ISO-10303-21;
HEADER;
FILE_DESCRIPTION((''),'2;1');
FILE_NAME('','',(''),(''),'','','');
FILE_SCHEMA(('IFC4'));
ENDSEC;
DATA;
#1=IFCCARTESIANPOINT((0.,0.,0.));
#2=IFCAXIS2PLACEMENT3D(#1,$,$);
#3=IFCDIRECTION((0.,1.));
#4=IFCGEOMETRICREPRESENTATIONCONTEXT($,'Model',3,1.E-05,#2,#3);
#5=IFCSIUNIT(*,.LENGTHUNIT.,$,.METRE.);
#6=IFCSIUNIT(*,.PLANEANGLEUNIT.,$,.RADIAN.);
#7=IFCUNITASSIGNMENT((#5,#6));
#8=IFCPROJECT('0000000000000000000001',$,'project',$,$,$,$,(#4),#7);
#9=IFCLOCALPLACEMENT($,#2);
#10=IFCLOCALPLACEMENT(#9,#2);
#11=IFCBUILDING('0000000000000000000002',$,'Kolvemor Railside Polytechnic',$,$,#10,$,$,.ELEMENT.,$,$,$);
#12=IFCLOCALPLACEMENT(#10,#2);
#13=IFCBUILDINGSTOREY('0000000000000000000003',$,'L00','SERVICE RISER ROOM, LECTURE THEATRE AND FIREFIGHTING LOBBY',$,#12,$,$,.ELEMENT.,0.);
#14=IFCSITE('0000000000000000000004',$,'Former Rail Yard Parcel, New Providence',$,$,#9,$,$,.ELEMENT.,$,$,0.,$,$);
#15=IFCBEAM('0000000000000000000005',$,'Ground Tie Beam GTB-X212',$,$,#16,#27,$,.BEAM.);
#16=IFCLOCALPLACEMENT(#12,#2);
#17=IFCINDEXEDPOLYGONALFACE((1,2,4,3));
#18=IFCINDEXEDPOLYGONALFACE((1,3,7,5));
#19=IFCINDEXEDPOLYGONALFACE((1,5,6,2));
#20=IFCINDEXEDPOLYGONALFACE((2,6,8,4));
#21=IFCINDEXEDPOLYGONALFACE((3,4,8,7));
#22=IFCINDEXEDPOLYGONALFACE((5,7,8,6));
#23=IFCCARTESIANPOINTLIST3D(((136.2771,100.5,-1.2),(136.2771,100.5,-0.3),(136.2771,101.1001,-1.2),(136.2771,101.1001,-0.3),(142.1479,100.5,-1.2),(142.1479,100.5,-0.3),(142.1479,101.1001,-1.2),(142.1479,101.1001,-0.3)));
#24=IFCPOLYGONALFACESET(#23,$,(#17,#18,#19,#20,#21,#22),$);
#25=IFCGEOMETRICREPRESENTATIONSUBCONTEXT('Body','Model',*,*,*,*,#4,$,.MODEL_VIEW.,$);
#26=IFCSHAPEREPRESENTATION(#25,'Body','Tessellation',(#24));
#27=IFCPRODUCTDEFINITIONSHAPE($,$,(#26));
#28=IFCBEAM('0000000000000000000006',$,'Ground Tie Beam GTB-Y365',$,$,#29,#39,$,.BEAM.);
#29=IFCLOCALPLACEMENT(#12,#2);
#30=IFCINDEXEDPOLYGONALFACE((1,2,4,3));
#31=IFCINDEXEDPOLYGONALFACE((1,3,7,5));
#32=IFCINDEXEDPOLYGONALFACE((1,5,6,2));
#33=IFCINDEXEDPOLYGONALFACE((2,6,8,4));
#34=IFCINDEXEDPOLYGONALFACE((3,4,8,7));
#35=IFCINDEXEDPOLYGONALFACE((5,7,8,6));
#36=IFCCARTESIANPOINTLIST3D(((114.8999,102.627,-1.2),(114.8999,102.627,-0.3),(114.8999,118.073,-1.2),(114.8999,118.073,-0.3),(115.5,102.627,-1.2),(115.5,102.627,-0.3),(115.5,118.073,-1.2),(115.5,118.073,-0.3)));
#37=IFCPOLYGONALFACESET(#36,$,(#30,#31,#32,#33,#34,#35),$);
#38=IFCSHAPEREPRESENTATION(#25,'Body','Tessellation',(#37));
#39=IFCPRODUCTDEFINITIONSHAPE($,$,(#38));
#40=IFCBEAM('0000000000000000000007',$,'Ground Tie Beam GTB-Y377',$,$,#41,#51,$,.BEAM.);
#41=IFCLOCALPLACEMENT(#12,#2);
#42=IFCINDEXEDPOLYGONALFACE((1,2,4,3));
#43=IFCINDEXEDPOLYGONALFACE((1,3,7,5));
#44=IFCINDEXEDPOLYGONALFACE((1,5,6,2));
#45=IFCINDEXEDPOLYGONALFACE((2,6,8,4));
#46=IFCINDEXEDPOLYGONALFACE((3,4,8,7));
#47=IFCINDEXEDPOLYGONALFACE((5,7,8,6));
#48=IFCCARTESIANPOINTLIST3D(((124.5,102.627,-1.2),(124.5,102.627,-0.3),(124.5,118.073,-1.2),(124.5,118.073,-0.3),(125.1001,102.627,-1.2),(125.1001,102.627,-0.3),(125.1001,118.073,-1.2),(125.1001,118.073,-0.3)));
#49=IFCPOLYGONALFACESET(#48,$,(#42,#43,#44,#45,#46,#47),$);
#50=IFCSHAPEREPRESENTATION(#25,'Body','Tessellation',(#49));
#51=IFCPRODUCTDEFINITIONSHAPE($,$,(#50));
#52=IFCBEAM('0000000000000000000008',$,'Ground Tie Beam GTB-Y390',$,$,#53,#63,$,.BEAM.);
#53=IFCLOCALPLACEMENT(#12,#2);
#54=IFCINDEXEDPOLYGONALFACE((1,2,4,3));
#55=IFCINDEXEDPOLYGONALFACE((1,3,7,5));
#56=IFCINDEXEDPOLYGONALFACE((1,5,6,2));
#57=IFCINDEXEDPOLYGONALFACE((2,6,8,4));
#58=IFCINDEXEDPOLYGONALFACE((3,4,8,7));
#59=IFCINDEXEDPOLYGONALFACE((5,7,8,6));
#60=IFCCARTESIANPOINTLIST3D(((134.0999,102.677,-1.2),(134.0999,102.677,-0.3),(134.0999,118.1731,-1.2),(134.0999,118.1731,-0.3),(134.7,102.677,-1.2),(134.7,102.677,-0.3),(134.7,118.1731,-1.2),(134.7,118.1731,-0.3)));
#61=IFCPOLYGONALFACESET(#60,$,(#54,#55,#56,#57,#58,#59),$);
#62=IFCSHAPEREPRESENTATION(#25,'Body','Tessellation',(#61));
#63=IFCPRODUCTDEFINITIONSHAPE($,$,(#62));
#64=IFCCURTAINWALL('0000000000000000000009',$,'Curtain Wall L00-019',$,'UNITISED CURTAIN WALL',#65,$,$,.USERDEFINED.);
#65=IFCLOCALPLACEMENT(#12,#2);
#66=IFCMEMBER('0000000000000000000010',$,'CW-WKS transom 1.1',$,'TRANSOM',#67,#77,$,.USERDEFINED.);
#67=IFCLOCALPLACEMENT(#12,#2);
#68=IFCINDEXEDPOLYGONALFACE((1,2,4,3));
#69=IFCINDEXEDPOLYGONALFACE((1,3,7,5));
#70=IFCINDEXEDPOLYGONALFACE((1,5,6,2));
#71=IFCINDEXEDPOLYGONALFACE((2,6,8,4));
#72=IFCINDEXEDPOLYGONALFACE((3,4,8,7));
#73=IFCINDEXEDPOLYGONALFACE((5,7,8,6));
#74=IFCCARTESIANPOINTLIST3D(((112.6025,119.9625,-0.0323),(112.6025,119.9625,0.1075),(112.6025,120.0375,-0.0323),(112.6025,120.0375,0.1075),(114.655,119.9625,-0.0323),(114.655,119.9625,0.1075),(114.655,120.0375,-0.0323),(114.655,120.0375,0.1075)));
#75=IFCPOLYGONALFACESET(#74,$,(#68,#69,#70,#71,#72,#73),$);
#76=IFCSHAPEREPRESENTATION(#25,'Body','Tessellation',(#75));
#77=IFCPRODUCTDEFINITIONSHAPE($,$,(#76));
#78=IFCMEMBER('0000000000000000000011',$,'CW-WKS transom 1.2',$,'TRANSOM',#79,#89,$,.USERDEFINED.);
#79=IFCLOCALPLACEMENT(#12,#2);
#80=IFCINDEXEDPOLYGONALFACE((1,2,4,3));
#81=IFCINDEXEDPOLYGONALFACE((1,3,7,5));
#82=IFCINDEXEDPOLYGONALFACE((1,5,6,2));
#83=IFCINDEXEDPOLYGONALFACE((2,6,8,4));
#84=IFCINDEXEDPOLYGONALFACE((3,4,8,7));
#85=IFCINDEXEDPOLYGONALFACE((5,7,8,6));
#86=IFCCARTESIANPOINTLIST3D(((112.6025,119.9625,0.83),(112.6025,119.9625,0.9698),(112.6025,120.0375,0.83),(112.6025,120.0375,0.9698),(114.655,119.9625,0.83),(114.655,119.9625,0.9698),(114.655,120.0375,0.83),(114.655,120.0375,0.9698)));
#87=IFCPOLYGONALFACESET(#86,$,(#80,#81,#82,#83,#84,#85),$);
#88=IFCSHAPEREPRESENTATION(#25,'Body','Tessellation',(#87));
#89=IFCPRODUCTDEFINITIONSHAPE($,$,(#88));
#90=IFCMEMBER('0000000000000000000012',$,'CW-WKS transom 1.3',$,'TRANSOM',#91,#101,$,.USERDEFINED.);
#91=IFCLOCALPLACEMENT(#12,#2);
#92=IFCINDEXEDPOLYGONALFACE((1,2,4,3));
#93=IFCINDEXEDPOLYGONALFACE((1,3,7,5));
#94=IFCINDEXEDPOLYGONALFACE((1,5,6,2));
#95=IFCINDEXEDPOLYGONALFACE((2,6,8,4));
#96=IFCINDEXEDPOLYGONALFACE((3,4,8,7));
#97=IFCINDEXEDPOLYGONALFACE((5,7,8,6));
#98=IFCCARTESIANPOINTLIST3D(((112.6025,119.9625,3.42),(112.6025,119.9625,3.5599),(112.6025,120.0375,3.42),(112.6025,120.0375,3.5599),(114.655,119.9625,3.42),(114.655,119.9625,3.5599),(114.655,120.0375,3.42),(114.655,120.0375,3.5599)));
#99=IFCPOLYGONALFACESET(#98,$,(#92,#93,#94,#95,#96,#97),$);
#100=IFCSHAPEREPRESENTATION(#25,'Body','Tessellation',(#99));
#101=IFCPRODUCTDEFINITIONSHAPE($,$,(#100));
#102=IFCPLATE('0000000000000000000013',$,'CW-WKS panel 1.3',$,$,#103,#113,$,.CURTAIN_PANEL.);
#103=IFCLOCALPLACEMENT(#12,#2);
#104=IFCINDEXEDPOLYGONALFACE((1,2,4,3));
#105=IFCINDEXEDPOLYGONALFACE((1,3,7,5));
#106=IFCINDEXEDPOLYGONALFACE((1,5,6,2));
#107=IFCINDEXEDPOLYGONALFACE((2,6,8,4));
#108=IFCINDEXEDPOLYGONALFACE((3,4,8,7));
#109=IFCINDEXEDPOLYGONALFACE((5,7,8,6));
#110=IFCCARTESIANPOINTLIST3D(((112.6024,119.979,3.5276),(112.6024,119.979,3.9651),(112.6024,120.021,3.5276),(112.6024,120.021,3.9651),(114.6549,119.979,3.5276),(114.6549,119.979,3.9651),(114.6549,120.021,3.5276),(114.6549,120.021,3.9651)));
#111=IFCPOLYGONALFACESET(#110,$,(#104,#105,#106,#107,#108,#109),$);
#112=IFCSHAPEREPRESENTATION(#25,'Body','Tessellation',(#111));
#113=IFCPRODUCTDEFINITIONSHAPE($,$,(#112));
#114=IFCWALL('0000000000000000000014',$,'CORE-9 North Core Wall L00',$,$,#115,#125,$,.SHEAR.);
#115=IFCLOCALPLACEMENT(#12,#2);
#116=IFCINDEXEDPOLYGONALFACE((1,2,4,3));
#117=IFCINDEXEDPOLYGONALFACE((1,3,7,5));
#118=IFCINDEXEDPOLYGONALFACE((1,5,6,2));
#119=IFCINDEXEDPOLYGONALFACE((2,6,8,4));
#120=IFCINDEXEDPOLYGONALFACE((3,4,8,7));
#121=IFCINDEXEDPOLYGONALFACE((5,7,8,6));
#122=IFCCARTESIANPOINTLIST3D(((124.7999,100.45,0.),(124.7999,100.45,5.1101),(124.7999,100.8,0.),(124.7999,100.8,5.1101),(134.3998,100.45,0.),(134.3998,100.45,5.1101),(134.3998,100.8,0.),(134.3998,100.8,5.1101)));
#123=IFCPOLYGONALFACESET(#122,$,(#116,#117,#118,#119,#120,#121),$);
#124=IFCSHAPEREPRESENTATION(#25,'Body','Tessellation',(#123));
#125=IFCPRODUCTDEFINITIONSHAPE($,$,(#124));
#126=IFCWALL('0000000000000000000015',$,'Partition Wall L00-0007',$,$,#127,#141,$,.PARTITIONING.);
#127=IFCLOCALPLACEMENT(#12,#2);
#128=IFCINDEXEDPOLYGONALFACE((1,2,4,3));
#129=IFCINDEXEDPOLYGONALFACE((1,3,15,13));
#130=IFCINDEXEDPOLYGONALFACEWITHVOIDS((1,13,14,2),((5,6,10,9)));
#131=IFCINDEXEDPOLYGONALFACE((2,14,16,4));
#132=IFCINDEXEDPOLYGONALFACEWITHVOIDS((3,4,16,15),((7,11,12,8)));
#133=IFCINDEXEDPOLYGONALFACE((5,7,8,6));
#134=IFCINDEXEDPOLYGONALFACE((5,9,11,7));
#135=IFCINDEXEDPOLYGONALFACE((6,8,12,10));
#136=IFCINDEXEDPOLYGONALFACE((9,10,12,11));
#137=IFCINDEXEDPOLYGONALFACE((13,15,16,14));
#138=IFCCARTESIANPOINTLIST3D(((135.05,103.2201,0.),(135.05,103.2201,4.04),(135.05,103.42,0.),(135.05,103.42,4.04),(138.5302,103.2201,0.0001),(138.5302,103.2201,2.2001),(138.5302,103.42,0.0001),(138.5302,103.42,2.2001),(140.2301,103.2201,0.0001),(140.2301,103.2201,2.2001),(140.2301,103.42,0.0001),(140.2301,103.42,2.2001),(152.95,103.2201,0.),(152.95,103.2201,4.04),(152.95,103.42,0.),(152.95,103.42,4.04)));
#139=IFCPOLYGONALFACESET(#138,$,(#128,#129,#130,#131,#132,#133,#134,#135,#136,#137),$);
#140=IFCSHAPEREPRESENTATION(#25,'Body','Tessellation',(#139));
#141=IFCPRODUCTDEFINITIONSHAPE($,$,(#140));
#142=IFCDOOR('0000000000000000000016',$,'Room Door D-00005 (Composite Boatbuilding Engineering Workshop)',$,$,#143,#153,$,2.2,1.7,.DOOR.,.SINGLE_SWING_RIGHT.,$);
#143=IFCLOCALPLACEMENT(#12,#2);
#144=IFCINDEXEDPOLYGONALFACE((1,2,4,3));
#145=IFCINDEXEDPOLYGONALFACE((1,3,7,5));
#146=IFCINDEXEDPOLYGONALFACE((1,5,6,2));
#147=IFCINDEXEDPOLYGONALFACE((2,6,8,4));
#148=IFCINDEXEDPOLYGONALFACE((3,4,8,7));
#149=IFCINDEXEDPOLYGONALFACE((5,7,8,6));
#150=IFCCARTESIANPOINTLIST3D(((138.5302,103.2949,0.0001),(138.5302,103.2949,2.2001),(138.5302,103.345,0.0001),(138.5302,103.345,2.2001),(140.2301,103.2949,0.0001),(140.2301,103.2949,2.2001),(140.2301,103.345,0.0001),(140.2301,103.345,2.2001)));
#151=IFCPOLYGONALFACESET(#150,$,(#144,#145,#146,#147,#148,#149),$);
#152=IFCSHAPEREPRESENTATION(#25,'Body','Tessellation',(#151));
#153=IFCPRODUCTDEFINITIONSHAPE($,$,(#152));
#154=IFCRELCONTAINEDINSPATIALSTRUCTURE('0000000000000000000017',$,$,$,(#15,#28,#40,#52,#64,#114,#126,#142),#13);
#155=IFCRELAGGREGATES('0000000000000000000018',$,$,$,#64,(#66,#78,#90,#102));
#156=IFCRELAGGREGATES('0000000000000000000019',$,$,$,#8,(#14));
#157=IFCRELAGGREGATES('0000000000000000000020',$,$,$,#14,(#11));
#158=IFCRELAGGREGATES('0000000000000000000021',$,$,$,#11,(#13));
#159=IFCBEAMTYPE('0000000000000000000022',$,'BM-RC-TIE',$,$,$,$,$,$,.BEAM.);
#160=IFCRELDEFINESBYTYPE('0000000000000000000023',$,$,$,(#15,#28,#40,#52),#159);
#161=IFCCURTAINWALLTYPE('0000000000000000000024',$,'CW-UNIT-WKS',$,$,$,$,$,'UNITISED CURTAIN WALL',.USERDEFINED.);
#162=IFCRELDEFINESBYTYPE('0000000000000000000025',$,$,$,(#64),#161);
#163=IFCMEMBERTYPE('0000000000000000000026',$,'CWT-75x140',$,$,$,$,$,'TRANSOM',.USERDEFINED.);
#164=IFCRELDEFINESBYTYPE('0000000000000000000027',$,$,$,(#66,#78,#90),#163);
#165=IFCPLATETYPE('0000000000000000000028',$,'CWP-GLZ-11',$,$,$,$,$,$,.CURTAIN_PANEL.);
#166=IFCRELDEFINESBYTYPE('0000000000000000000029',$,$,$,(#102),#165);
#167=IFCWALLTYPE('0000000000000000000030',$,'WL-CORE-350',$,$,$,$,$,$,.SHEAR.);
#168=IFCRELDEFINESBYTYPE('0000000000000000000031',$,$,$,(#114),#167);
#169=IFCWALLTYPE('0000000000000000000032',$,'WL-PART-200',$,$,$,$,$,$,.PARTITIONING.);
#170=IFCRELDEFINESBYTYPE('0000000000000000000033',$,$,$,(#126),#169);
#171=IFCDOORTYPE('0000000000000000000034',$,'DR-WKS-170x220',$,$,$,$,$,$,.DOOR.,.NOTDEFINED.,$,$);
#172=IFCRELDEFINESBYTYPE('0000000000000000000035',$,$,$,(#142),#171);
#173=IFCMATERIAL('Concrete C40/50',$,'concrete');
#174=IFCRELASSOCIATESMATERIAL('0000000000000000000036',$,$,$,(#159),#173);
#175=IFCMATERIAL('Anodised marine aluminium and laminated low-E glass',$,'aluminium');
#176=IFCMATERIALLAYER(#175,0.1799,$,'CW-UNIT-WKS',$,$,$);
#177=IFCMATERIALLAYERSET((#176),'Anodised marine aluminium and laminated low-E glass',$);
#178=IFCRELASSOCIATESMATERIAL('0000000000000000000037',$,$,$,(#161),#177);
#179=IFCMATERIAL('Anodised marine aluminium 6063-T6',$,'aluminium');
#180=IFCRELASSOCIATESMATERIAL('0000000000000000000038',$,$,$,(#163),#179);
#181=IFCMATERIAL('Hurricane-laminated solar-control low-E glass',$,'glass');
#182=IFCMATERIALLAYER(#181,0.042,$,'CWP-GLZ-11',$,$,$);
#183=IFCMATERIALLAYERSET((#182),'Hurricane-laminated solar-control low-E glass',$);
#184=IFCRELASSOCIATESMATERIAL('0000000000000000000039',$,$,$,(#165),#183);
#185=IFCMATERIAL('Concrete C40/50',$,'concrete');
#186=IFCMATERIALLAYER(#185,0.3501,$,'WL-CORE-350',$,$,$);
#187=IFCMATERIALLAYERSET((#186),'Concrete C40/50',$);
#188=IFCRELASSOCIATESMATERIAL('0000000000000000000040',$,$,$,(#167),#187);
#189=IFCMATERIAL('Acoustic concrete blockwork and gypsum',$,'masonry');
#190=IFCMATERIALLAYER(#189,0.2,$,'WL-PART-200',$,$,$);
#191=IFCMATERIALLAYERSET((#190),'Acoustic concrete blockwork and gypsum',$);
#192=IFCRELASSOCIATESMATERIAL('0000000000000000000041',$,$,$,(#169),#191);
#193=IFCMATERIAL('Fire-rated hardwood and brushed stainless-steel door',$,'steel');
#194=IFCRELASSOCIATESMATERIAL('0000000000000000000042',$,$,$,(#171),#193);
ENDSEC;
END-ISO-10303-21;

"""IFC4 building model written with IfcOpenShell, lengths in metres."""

from ifc_helpers import new_model, si_unit, direction, frame, frame_2d, origin, origin_2d, place, context, subcontext, project, spatial, rectangle, extrude, material, layer, layer_set, material_profile, profile_set, type_object, element, fill, aggregate, save


model = new_model("IFC4")

# Units and contexts
model_context = context("Model", 3, precision=1e-05, world=origin(), true_north=direction((0.0, 1.0)))
body_context = subcontext(model_context, "Body", "Model", "MODEL_VIEW")
ifc_project = project(units=[si_unit("LENGTHUNIT", "METRE"), si_unit("PLANEANGLEUNIT", "RADIAN")], contexts=[model_context])

# Site, building, storey
site_placement = place(None, origin())
site = spatial("IfcSite", under=ifc_project, at=site_placement, Name="Former Rail Yard Parcel, New Providence", CompositionType="ELEMENT", RefElevation=0.0)
building_placement = place(site_placement, origin())
building = spatial("IfcBuilding", under=site, at=building_placement, Name="Kolvemor Railside Polytechnic", CompositionType="ELEMENT")
storey_placement = place(building_placement, origin())
storey = spatial("IfcBuildingStorey", under=building, at=storey_placement, Name="L00", Description="SERVICE RISER ROOM, LECTURE THEATRE AND FIREFIGHTING LOBBY", CompositionType="ELEMENT", Elevation=0.0)

# Beams
ifc_material_1 = material(Name="Concrete C40/50", Category="concrete")
ifc_material_profile_1 = material_profile(ifc_material_1, rectangle(XDim=0.6001, YDim=0.8999, at=origin_2d()), Name="RC600x900")
ifc_profile_set_1 = profile_set([ifc_material_profile_1], Name="Concrete C40/50")
beam_type_1 = type_object("IfcBeamType", Name="BM-RC-TIE", PredefinedType="BEAM", material=ifc_profile_set_1)
beam_1_placement = place(storey_placement, frame((136.2771, 100.8, -0.75), z_axis=(1.0, 0.0, 0.0), x_axis=(0.0, 1.0, 0.0)))
element("IfcBeam", 1, at=beam_1_placement, inside=storey, type_object=beam_type_1, Name="Ground Tie Beam GTB-X212", PredefinedType="BEAM", context=body_context, shape_type="SweptSolid", body=[
    extrude(rectangle(XDim=0.6001, YDim=0.8999, at=origin_2d()), origin(), (0.0, 0.0, 1.0), 5.8708),
])
for number, where, z_axis, x_axis, name in (
    (2, (115.2, 102.627, -0.75), (0.0, 1.0, 0.0), (-1.0, 0.0, 0.0), "Ground Tie Beam GTB-Y365"),
    (3, (124.8, 102.627, -0.75), (0.0, 1.0, 0.0), (-1.0, 0.0, 0.0), "Ground Tie Beam GTB-Y377"),
):
    element("IfcBeam", number, at=place(storey_placement, frame(where, z_axis=z_axis, x_axis=x_axis)), inside=storey, type_object=beam_type_1, Name=name, PredefinedType="BEAM", context=body_context, shape_type="SweptSolid", body=[
        extrude(rectangle(XDim=0.6001, YDim=0.8999, at=origin_2d()), origin(), (0.0, 0.0, 1.0), 15.446),
    ])
beam_2_placement = place(storey_placement, frame((134.3999, 102.677, -0.75), z_axis=(0.0, 1.0, 0.0), x_axis=(-1.0, 0.0, 0.0)))
element("IfcBeam", 4, at=beam_2_placement, inside=storey, type_object=beam_type_1, Name="Ground Tie Beam GTB-Y390", PredefinedType="BEAM", context=body_context, shape_type="SweptSolid", body=[
    extrude(rectangle(XDim=0.6001, YDim=0.8999, at=origin_2d()), origin(), (0.0, 0.0, 1.0), 15.4961),
])

# Curtain wall, members, plate
ifc_material_2 = material(Name="Anodised marine aluminium and laminated low-E glass", Category="aluminium")
ifc_layer_1 = layer(ifc_material_2, 0.1799, Name="CW-UNIT-WKS")
ifc_layer_set_1 = layer_set([ifc_layer_1], Name="Anodised marine aluminium and laminated low-E glass")
curtain_wall_type = type_object("IfcCurtainWallType", Name="CW-UNIT-WKS", ElementType="UNITISED CURTAIN WALL", PredefinedType="USERDEFINED", material=ifc_layer_set_1)
curtain_wall_placement = place(storey_placement, origin())
curtain_wall = element("IfcCurtainWall", 5, at=curtain_wall_placement, inside=storey, type_object=curtain_wall_type, Name="Curtain Wall L00-019", ObjectType="UNITISED CURTAIN WALL", PredefinedType="USERDEFINED")
ifc_material_3 = material(Name="Anodised marine aluminium 6063-T6", Category="aluminium")
ifc_material_profile_2 = material_profile(ifc_material_3, rectangle(XDim=0.075, YDim=0.1399, at=origin_2d()), Name="CW-TRN-75x140")
ifc_profile_set_2 = profile_set([ifc_material_profile_2], Name="Anodised marine aluminium 6063-T6")
member_type = type_object("IfcMemberType", Name="CWT-75x140", ElementType="TRANSOM", PredefinedType="USERDEFINED", material=ifc_profile_set_2)
member_1_placement = place(storey_placement, frame((114.655, 120.0, 0.0376), z_axis=(-1.0, 0.0, 0.0), x_axis=(0.0, -1.0, 0.0)))
member_1 = element("IfcMember", 6, at=member_1_placement, type_object=member_type, Name="CW-WKS transom 1.1", ObjectType="TRANSOM", PredefinedType="USERDEFINED", context=body_context, shape_type="SweptSolid", body=[
    extrude(rectangle(XDim=0.075, YDim=0.1399, at=origin_2d()), origin(), (0.0, 0.0, 1.0), 2.0525),
])
member_2_placement = place(storey_placement, frame((114.655, 120.0, 0.8999), z_axis=(-1.0, 0.0, 0.0), x_axis=(0.0, -1.0, 0.0)))
member_2 = element("IfcMember", 7, at=member_2_placement, type_object=member_type, Name="CW-WKS transom 1.2", ObjectType="TRANSOM", PredefinedType="USERDEFINED", context=body_context, shape_type="SweptSolid", body=[
    extrude(rectangle(XDim=0.075, YDim=0.1399, at=origin_2d()), origin(), (0.0, 0.0, 1.0), 2.0525),
])
member_3_placement = place(storey_placement, frame((114.655, 120.0, 3.49), z_axis=(-1.0, 0.0, 0.0), x_axis=(0.0, -1.0, 0.0)))
member_3 = element("IfcMember", 8, at=member_3_placement, type_object=member_type, Name="CW-WKS transom 1.3", ObjectType="TRANSOM", PredefinedType="USERDEFINED", context=body_context, shape_type="SweptSolid", body=[
    extrude(rectangle(XDim=0.075, YDim=0.1399, at=origin_2d()), origin(), (0.0, 0.0, 1.0), 2.0525),
])
ifc_material_4 = material(Name="Hurricane-laminated solar-control low-E glass", Category="glass")
ifc_layer_2 = layer(ifc_material_4, 0.042, Name="CWP-GLZ-11")
ifc_layer_set_2 = layer_set([ifc_layer_2], Name="Hurricane-laminated solar-control low-E glass")
plate_type = type_object("IfcPlateType", Name="CWP-GLZ-11", PredefinedType="CURTAIN_PANEL", material=ifc_layer_set_2)
plate_placement = place(storey_placement, frame((113.6287, 120.0, 3.5276), z_axis=(0.0, 0.0, 1.0), x_axis=(-1.0, 0.0, 0.0)))
plate = element("IfcPlate", 9, at=plate_placement, type_object=plate_type, Name="CW-WKS panel 1.3", PredefinedType="CURTAIN_PANEL", context=body_context, shape_type="SweptSolid", body=[
    extrude(rectangle(XDim=2.0525, YDim=0.042, at=origin_2d()), origin(), (0.0, 0.0, 1.0), 0.4375),
])
aggregate(curtain_wall, [member_1, member_2, member_3, plate])

# Wall
ifc_material_5 = material(Name="Concrete C40/50", Category="concrete")
ifc_layer_3 = layer(ifc_material_5, 0.3501, Name="WL-CORE-350")
ifc_layer_set_3 = layer_set([ifc_layer_3], Name="Concrete C40/50")
wall_type_1 = type_object("IfcWallType", Name="WL-CORE-350", PredefinedType="SHEAR", material=ifc_layer_set_3)
wall_1_placement = place(storey_placement, frame((124.8, 100.625, 0.0), z_axis=(0.0, 0.0, 1.0), x_axis=(1.0, 0.0, 0.0)))
element("IfcWall", 10, at=wall_1_placement, inside=storey, type_object=wall_type_1, Name="CORE-9 North Core Wall L00", PredefinedType="SHEAR", context=body_context, shape_type="SweptSolid", body=[
    extrude(rectangle(XDim=9.5999, YDim=0.3501, at=frame_2d((4.7998, 0.0))), origin(), (0.0, 0.0, 1.0), 5.1101),
])

# Wall, opening, door
ifc_material_6 = material(Name="Acoustic concrete blockwork and gypsum", Category="masonry")
ifc_layer_4 = layer(ifc_material_6, 0.2, Name="WL-PART-200")
ifc_layer_set_4 = layer_set([ifc_layer_4], Name="Acoustic concrete blockwork and gypsum")
wall_type_2 = type_object("IfcWallType", Name="WL-PART-200", PredefinedType="PARTITIONING", material=ifc_layer_set_4)
wall_2_placement = place(storey_placement, frame((135.05, 103.3201, 0.0), z_axis=(0.0, 0.0, 1.0), x_axis=(1.0, 0.0, 0.0)))
wall_2 = element("IfcWall", 11, at=wall_2_placement, inside=storey, type_object=wall_type_2, Name="Partition Wall L00-0007", PredefinedType="PARTITIONING", context=body_context, shape_type="SweptSolid", body=[
    extrude(rectangle(XDim=17.8999, YDim=0.2, at=frame_2d((8.95, 0.0))), origin(), (0.0, 0.0, 1.0), 4.04),
])
opening_1_placement = place(wall_2_placement, frame((3.48, 0.0, 0.0)))
opening_1 = element("IfcOpeningElement", 12, at=opening_1_placement, cuts=wall_2, PredefinedType="OPENING", context=body_context, shape_type="SweptSolid", body=[
    extrude(rectangle(XDim=1.7, YDim=2.2, at=frame_2d((0.8501, 1.1001))), frame((0.0, 0.1099, 0.0), z_axis=(0.0, -1.0, 0.0), x_axis=(1.0, 0.0, 0.0)), (0.0, 0.0, 1.0), 0.22),
])
ifc_material_7 = material(Name="Fire-rated hardwood and brushed stainless-steel door", Category="steel")
door_type_1 = type_object("IfcDoorType", Name="DR-WKS-170x220", OperationType="NOTDEFINED", PredefinedType="DOOR", material=ifc_material_7)
door_1_placement = place(opening_1_placement, origin())
door_1 = element("IfcDoor", 13, at=door_1_placement, inside=storey, type_object=door_type_1, Name="Room Door D-00005 (Composite Boatbuilding Engineering Workshop)", OperationType="SINGLE_SWING_RIGHT", OverallHeight=2.2, OverallWidth=1.7, PredefinedType="DOOR", context=body_context, shape_type="SweptSolid", body=[
    extrude(rectangle(XDim=1.7, YDim=2.2, at=frame_2d((0.8501, 1.1001))), frame((0.0, 0.0249, 0.0), z_axis=(0.0, -1.0, 0.0), x_axis=(1.0, 0.0, 0.0)), (0.0, 0.0, 1.0), 0.05),
])
fill(opening_1, door_1)

save(model, "model.ifc")
